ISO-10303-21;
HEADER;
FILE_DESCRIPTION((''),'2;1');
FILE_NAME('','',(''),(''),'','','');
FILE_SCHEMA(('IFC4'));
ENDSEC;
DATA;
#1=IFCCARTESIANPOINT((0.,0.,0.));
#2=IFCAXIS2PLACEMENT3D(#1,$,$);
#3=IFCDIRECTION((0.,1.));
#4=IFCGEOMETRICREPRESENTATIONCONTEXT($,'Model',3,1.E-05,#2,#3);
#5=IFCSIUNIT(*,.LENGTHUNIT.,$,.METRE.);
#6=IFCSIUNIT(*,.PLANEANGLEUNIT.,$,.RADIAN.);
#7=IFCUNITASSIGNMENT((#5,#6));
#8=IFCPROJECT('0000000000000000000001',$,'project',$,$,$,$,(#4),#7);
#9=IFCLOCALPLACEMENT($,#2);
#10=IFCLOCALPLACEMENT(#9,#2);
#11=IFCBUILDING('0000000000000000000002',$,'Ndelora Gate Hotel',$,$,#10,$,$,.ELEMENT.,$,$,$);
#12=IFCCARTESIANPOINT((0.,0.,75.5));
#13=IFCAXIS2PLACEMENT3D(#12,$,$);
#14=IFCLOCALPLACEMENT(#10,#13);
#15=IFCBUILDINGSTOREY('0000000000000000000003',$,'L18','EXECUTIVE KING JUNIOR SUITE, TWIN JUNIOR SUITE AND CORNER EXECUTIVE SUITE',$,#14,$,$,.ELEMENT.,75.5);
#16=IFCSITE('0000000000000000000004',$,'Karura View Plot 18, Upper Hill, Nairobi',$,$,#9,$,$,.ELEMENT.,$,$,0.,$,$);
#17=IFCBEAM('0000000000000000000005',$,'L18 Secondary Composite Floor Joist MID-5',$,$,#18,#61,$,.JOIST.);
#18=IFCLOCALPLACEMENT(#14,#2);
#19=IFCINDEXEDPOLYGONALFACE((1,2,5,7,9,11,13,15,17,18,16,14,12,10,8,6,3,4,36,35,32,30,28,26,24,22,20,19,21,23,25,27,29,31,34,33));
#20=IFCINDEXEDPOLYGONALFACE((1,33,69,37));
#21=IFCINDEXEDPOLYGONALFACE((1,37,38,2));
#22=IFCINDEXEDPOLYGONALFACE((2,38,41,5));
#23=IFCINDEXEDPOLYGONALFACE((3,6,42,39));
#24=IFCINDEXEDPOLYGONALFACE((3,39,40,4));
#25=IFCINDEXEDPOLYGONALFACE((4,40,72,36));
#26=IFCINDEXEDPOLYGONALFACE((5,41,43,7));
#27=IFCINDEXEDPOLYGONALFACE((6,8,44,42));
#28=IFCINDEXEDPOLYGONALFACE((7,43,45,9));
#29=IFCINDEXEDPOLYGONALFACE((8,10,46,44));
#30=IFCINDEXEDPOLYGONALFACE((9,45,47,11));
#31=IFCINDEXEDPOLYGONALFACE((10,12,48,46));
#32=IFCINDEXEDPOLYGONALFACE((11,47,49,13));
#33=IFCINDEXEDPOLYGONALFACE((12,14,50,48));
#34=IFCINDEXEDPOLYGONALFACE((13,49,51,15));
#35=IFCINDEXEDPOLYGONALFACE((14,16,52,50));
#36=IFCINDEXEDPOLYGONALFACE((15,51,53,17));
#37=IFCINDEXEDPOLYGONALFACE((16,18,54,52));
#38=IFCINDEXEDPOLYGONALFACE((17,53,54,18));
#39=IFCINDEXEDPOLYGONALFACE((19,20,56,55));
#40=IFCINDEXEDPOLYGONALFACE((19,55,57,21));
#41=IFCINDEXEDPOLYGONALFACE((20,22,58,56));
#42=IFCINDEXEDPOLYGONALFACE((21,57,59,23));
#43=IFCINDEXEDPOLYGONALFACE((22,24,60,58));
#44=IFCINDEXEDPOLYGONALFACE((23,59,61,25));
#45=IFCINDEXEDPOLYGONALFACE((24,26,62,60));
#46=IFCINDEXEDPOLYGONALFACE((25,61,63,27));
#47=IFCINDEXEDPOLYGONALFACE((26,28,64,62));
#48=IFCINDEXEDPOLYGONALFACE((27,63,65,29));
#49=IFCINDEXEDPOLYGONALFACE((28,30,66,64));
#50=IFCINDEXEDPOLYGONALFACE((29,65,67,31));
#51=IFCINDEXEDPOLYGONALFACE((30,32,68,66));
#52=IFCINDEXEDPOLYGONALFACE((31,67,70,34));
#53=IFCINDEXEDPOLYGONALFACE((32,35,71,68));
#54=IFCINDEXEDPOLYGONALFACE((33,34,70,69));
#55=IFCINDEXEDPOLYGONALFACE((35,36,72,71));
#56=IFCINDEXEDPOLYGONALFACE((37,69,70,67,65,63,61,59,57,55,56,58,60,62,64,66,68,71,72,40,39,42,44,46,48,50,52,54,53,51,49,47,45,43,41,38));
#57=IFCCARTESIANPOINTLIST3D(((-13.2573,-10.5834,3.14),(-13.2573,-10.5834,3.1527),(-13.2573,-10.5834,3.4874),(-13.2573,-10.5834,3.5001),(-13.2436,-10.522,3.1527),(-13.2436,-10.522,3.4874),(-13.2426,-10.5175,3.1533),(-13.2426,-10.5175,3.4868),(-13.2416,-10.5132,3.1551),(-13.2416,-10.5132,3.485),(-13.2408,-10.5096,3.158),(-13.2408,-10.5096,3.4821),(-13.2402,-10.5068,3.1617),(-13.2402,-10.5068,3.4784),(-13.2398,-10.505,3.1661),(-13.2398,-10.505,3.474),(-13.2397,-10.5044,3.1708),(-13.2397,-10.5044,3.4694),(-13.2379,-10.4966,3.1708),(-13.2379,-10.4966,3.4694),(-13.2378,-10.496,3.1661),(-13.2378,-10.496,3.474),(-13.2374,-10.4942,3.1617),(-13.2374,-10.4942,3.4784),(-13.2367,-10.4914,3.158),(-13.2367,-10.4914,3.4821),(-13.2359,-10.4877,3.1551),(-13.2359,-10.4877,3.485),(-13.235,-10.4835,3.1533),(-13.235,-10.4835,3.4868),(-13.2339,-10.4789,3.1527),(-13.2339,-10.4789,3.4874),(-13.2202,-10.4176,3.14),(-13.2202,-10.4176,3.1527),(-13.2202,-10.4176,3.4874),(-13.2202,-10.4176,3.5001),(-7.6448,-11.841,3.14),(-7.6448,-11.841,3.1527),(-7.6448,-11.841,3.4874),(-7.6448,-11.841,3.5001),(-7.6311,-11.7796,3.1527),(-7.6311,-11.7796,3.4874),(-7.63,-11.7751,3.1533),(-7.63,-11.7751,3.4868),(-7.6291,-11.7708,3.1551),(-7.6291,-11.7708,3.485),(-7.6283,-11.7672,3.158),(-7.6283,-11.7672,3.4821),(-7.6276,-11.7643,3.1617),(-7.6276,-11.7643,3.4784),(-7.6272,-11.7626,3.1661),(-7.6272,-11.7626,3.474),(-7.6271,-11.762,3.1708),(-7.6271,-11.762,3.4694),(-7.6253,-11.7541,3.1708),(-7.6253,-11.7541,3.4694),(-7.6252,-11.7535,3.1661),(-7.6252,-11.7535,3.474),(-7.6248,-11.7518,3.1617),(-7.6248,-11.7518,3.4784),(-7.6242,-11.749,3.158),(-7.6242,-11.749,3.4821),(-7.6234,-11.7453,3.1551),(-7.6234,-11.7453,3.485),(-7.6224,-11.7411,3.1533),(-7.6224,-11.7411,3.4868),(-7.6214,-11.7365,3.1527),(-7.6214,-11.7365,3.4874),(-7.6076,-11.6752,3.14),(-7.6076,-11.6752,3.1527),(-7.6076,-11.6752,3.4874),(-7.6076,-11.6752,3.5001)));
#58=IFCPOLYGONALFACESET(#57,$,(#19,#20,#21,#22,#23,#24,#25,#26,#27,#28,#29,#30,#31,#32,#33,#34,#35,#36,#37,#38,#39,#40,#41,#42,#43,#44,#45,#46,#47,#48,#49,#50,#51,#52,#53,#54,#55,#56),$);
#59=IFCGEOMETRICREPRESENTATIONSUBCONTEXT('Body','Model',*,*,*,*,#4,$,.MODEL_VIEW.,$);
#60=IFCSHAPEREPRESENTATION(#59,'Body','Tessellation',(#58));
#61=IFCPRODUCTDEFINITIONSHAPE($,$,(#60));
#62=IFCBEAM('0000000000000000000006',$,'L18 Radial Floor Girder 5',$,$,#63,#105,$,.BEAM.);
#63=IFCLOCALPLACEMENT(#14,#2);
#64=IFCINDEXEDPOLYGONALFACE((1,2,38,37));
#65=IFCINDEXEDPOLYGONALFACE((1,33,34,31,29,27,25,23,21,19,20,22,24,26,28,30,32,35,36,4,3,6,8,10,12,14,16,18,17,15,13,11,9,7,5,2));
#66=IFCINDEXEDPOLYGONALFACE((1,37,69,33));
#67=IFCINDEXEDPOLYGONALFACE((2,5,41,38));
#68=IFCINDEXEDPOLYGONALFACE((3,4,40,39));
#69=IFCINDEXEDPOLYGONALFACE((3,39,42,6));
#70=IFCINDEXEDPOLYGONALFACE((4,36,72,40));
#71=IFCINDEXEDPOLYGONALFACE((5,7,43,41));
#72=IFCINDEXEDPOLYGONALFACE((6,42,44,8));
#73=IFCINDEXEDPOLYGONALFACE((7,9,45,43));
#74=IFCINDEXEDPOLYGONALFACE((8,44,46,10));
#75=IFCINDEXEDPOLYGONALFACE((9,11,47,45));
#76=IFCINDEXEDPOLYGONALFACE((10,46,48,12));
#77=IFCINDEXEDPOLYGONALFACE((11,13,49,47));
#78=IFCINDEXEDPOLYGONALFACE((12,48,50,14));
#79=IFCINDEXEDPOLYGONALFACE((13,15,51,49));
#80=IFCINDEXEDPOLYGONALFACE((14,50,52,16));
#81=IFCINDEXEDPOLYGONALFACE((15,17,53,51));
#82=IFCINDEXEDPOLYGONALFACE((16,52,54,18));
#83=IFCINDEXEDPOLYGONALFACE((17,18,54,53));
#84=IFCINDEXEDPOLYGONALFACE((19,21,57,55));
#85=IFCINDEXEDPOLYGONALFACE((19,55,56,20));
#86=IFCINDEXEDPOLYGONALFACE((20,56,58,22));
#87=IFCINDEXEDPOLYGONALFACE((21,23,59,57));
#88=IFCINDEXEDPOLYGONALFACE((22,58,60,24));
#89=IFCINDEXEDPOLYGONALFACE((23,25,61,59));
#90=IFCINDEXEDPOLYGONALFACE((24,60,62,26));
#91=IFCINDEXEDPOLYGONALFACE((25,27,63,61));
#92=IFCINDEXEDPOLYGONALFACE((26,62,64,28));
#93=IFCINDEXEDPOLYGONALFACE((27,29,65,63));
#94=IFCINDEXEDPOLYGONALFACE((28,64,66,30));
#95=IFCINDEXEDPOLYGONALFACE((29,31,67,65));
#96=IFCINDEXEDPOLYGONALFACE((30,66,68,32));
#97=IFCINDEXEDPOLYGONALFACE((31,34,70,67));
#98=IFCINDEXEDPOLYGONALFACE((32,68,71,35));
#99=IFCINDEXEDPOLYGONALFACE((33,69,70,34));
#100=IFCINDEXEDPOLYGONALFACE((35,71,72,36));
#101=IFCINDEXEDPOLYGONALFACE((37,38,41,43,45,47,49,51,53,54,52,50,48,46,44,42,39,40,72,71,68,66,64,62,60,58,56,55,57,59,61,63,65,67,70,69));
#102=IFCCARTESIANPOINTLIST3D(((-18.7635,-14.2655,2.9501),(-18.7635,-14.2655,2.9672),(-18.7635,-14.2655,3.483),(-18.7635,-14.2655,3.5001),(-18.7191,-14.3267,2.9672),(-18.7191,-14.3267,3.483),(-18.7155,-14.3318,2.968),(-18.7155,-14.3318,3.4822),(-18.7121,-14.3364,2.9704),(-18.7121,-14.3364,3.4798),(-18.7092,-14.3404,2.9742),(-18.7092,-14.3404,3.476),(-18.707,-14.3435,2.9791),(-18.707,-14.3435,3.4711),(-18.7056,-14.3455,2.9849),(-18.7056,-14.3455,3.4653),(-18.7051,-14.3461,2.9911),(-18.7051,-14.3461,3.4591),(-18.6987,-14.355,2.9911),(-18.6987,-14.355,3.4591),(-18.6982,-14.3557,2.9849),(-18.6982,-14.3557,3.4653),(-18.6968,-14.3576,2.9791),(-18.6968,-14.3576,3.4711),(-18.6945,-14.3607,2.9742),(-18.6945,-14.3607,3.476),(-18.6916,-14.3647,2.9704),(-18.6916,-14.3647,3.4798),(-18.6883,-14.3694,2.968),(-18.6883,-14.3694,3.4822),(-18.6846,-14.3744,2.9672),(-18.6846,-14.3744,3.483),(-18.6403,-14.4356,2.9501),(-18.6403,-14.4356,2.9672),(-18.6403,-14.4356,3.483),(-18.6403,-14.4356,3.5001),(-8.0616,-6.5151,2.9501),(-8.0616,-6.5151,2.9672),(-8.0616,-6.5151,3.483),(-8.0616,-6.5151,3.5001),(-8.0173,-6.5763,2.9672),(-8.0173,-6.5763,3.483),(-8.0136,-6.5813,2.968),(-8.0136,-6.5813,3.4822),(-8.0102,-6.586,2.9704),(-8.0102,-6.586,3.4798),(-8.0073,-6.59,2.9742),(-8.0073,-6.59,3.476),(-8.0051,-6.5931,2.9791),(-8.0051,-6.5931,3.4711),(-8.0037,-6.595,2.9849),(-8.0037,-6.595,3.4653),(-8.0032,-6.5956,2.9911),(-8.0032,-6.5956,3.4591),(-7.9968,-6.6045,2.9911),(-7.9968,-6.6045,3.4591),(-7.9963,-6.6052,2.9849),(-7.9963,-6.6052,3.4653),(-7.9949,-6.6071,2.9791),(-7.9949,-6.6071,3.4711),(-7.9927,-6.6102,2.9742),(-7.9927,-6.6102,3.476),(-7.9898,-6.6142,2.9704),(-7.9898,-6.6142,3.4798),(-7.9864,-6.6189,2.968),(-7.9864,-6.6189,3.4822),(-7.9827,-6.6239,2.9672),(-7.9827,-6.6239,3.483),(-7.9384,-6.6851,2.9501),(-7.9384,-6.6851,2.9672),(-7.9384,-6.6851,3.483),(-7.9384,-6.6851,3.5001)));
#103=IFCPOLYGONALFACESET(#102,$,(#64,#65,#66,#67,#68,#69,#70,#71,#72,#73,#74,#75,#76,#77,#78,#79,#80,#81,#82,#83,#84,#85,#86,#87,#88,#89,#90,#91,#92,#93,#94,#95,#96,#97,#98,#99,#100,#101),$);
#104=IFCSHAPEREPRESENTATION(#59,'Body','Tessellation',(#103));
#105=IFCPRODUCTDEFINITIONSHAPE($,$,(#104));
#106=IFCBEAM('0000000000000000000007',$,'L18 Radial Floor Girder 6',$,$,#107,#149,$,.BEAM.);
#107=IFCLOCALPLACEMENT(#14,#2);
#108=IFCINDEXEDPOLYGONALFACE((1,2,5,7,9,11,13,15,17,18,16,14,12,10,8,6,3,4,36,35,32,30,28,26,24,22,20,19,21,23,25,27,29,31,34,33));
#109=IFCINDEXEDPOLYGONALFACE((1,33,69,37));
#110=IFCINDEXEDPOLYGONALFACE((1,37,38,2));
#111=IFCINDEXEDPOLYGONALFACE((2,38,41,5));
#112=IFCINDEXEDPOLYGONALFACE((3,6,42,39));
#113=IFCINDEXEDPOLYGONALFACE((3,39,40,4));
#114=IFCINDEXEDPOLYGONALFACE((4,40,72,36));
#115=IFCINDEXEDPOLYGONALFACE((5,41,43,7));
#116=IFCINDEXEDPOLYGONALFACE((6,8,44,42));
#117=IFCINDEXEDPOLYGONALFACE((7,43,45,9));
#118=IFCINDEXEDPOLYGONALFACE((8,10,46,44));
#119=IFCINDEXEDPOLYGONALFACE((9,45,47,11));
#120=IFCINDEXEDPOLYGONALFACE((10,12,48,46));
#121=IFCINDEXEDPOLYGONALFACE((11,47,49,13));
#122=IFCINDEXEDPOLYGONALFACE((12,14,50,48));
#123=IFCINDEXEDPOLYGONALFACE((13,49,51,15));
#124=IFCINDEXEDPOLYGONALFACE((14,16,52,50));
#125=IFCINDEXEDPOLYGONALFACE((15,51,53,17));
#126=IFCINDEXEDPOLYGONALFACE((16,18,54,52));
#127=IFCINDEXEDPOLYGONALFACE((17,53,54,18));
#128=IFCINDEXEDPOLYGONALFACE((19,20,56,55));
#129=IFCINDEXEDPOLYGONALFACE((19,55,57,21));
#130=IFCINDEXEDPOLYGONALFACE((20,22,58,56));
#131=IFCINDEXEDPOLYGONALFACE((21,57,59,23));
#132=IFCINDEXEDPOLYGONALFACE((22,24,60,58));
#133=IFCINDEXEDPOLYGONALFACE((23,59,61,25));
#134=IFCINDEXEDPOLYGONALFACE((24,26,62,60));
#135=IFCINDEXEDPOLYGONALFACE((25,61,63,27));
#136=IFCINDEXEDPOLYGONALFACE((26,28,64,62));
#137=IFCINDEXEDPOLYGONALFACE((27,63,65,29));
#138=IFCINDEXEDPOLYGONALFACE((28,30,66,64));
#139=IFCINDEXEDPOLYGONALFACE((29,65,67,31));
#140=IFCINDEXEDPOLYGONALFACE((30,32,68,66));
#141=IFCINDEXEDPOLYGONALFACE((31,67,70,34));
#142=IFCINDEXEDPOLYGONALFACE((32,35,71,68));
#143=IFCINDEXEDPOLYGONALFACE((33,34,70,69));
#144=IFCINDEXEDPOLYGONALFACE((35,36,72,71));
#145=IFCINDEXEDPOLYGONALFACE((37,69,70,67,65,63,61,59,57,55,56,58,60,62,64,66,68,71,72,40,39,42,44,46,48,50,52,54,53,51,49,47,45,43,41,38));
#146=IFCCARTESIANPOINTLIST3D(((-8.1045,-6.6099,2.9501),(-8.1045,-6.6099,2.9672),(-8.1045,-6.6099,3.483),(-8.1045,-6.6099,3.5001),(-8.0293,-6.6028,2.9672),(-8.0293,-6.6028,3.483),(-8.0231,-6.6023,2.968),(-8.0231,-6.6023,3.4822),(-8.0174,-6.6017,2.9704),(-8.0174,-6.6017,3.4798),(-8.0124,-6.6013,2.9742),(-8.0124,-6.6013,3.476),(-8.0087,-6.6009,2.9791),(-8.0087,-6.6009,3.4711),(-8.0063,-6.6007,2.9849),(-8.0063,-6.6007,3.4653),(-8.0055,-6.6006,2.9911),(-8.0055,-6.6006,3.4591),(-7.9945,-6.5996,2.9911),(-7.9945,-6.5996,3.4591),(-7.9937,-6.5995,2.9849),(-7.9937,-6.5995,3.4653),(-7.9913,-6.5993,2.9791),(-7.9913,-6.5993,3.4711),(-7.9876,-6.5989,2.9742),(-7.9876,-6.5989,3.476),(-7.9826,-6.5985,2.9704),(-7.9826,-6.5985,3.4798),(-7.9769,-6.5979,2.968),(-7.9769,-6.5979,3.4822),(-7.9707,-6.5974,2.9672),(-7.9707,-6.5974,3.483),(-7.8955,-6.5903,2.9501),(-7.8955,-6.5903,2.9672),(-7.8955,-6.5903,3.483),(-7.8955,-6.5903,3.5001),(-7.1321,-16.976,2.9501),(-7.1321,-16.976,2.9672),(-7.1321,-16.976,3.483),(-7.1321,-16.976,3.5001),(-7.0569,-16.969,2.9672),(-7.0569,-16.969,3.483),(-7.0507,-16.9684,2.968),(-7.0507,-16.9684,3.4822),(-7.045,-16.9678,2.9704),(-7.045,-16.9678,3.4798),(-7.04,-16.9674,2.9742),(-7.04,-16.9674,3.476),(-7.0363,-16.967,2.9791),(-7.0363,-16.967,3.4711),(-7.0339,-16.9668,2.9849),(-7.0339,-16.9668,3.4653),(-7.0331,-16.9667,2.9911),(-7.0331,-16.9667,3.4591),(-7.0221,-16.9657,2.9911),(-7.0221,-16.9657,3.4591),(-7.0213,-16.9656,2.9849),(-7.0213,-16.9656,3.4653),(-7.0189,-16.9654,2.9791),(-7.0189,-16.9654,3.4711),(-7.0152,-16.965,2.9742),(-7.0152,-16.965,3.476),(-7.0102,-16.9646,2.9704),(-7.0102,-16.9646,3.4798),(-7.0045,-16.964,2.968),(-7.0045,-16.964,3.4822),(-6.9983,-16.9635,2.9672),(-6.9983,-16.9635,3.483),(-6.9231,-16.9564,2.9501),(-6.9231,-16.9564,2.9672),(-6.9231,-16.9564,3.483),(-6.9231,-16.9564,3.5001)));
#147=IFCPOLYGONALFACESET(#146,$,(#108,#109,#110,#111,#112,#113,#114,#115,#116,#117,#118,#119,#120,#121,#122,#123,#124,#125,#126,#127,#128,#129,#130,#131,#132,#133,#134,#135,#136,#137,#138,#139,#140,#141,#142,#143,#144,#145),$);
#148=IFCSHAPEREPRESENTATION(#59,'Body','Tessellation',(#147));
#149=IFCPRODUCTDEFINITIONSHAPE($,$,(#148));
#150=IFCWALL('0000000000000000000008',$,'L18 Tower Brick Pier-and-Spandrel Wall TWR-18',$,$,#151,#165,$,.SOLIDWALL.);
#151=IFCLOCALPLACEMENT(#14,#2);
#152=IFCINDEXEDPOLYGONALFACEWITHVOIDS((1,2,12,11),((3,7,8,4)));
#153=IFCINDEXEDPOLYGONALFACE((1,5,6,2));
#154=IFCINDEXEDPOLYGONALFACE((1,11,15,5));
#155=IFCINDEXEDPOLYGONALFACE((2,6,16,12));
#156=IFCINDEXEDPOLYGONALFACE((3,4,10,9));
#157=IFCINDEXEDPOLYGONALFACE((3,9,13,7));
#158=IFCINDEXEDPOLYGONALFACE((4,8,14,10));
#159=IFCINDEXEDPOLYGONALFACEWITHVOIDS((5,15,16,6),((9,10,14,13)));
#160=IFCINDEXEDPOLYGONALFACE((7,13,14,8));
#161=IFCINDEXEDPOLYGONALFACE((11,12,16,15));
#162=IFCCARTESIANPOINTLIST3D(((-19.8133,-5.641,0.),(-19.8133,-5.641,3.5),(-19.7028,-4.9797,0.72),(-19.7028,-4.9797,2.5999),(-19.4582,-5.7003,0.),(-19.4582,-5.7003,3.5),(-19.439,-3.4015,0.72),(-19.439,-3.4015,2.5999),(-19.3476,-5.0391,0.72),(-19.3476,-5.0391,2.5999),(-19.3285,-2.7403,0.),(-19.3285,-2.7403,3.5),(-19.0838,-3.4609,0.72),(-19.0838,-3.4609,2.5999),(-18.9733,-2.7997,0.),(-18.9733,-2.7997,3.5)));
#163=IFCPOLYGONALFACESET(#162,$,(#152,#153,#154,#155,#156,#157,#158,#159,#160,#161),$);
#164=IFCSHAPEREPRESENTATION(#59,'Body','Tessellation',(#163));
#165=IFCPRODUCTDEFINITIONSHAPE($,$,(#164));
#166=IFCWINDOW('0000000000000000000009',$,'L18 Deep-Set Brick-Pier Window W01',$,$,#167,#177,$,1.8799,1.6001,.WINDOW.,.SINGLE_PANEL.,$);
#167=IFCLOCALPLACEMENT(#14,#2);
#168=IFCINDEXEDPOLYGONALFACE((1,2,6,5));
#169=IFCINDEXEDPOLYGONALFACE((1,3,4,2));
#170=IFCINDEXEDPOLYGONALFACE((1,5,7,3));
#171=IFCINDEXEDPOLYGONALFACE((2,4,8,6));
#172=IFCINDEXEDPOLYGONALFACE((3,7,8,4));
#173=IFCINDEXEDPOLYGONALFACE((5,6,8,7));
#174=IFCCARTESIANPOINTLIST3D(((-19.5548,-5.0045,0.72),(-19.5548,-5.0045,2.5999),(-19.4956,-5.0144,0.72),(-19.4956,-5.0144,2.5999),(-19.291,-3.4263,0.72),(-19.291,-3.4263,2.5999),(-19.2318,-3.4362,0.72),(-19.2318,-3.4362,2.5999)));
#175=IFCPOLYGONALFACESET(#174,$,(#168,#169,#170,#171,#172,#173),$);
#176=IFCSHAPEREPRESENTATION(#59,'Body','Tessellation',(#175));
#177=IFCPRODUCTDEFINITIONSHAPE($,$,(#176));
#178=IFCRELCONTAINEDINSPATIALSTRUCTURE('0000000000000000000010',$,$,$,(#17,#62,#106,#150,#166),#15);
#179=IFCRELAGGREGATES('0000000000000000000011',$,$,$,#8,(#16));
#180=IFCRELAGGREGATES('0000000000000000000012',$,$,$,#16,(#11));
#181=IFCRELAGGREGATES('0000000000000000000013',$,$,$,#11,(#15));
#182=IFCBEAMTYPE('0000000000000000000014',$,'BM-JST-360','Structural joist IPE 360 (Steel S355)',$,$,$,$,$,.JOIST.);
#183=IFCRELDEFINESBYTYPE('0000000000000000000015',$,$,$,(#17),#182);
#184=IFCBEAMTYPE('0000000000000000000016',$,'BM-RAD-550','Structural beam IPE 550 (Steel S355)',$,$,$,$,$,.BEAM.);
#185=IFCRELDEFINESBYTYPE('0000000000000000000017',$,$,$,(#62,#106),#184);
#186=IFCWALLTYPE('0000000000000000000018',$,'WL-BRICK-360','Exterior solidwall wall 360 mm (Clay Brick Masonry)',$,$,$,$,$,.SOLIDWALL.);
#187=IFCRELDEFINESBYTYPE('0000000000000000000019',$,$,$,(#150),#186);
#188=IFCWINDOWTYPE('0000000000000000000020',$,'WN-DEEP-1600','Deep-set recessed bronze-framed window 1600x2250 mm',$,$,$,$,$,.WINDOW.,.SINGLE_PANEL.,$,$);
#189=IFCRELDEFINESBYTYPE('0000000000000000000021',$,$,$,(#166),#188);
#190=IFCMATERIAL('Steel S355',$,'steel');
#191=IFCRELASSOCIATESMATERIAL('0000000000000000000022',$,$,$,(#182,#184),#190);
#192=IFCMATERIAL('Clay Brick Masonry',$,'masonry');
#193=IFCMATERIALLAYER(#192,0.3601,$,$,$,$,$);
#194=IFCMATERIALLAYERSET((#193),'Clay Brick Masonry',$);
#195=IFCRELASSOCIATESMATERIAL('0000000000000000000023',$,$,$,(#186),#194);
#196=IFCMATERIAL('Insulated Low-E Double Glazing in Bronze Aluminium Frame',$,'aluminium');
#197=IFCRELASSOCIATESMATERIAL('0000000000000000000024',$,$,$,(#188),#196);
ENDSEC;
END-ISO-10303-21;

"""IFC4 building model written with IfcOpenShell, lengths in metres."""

from ifc_helpers import new_model, si_unit, direction, frame, frame_2d, origin, origin_2d, place, context, subcontext, project, spatial, rectangle, i_section, extrude, material, layer, layer_set, material_profile, profile_set, type_object, element, fill, save


model = new_model("IFC4")

# Units and contexts
model_context = context("Model", 3, precision=1e-05, world=origin(), true_north=direction((0.0, 1.0)))
body_context = subcontext(model_context, "Body", "Model", "MODEL_VIEW")
ifc_project = project(units=[si_unit("LENGTHUNIT", "METRE"), si_unit("PLANEANGLEUNIT", "RADIAN")], contexts=[model_context])

# Site, building, storey
site_placement = place(None, origin())
site = spatial("IfcSite", under=ifc_project, at=site_placement, Name="Karura View Plot 18, Upper Hill, Nairobi", CompositionType="ELEMENT", RefElevation=0.0)
building_placement = place(site_placement, origin())
building = spatial("IfcBuilding", under=site, at=building_placement, Name="Ndelora Gate Hotel", CompositionType="ELEMENT")
storey_placement = place(building_placement, frame((0.0, 0.0, 75.5)))
storey = spatial("IfcBuildingStorey", under=building, at=storey_placement, Name="L18", Description="EXECUTIVE KING JUNIOR SUITE, TWIN JUNIOR SUITE AND CORNER EXECUTIVE SUITE", CompositionType="ELEMENT", Elevation=75.5)

# Beams
ifc_material_1 = material(Name="Steel S355", Category="steel")
ifc_material_profile_1 = material_profile(ifc_material_1, i_section(OverallWidth=0.1699, OverallDepth=0.3601, WebThickness=0.0081, FlangeThickness=0.0127, FilletRadius=0.0181, at=origin_2d()), Name="IPE 360")
ifc_profile_set_1 = profile_set([ifc_material_profile_1], Name="Steel S355")
beam_type_1 = type_object("IfcBeamType", Name="BM-JST-360", Description="Structural joist IPE 360 (Steel S355)", PredefinedType="JOIST", material=ifc_profile_set_1)
beam_1_placement = place(storey_placement, frame((-13.2388, -10.5005, 3.3201), z_axis=(0.975805, -0.218642, 0.0), x_axis=(0.218642, 0.975805, 0.0)))
element("IfcBeam", 1, at=beam_1_placement, inside=storey, type_object=beam_type_1, Name="L18 Secondary Composite Floor Joist MID-5", PredefinedType="JOIST", context=body_context, shape_type="SweptSolid", body=[
    extrude(i_section(OverallWidth=0.1699, OverallDepth=0.3601, WebThickness=0.0081, FlangeThickness=0.0127, FilletRadius=0.0181, at=origin_2d()), origin(), (0.0, 0.0, 1.0), 5.7517),
])
ifc_material_profile_2 = material_profile(ifc_material_1, i_section(OverallWidth=0.21, OverallDepth=0.55, WebThickness=0.011, FlangeThickness=0.0171, FilletRadius=0.0239, at=origin_2d()), Name="IPE 550")
ifc_profile_set_2 = profile_set([ifc_material_profile_2], Name="Steel S355")
beam_type_2 = type_object("IfcBeamType", Name="BM-RAD-550", Description="Structural beam IPE 550 (Steel S355)", PredefinedType="BEAM", material=ifc_profile_set_2)
beam_2_placement = place(storey_placement, frame((-8.0, -6.6001, 3.2251), z_axis=(-0.809912, -0.586551, 0.0), x_axis=(0.586551, -0.809912, 0.0)))
element("IfcBeam", 2, at=beam_2_placement, inside=storey, type_object=beam_type_2, Name="L18 Radial Floor Girder 5", PredefinedType="BEAM", context=body_context, shape_type="SweptSolid", body=[
    extrude(i_section(OverallWidth=0.21, OverallDepth=0.55, WebThickness=0.011, FlangeThickness=0.0171, FilletRadius=0.0239, at=origin_2d()), origin(), (0.0, 0.0, 1.0), 13.2136),
])
beam_3_placement = place(storey_placement, frame((-8.0, -6.6001, 3.2251), z_axis=(0.093396, -0.995629, 0.0), x_axis=(0.995629, 0.093396, 0.0)))
element("IfcBeam", 3, at=beam_3_placement, inside=storey, type_object=beam_type_2, Name="L18 Radial Floor Girder 6", PredefinedType="BEAM", context=body_context, shape_type="SweptSolid", body=[
    extrude(i_section(OverallWidth=0.21, OverallDepth=0.55, WebThickness=0.011, FlangeThickness=0.0171, FilletRadius=0.0239, at=origin_2d()), origin(), (0.0, 0.0, 1.0), 10.4116),
])

# Wall, opening, window
ifc_material_2 = material(Name="Clay Brick Masonry", Category="masonry")
ifc_layer_1 = layer(ifc_material_2, 0.3601)
ifc_layer_set_1 = layer_set([ifc_layer_1], Name="Clay Brick Masonry")
wall_type_1 = type_object("IfcWallType", Name="WL-BRICK-360", Description="Exterior solidwall wall 360 mm (Clay Brick Masonry)", PredefinedType="SOLIDWALL", material=ifc_layer_set_1)
wall_1_placement = place(storey_placement, frame((-19.6357, -5.6707, 0.0), z_axis=(0.0, 0.0, 1.0), x_axis=(0.16487, 0.986315, 0.0)))
wall_1 = element("IfcWall", 4, at=wall_1_placement, inside=storey, type_object=wall_type_1, Name="L18 Tower Brick Pier-and-Spandrel Wall TWR-18", PredefinedType="SOLIDWALL", context=body_context, shape_type="SweptSolid", body=[
    extrude(rectangle(XDim=2.9409, YDim=0.3601, at=frame_2d((1.4705, 0.0))), origin(), (0.0, 0.0, 1.0), 3.5),
])
opening_1_placement = place(wall_1_placement, frame((0.6704, 0.0, 0.72)))
opening_1 = element("IfcOpeningElement", 5, at=opening_1_placement, cuts=wall_1, PredefinedType="OPENING", context=body_context, shape_type="SweptSolid", body=[
    extrude(rectangle(XDim=1.6001, YDim=1.8799, at=frame_2d((0.8, 0.9399))), frame((0.0, 0.1899, 0.0), z_axis=(0.0, -1.0, 0.0), x_axis=(1.0, 0.0, 0.0)), (0.0, 0.0, 1.0), 0.3801),
])
ifc_material_3 = material(Name="Insulated Low-E Double Glazing in Bronze Aluminium Frame", Category="aluminium")
window_type = type_object("IfcWindowType", Name="WN-DEEP-1600", Description="Deep-set recessed bronze-framed window 1600x2250 mm", PartitioningType="SINGLE_PANEL", PredefinedType="WINDOW", material=ifc_material_3)
window_1_placement = place(opening_1_placement, origin())
window_1 = element("IfcWindow", 6, at=window_1_placement, inside=storey, type_object=window_type, Name="L18 Deep-Set Brick-Pier Window W01", OverallHeight=1.8799, OverallWidth=1.6001, PartitioningType="SINGLE_PANEL", PredefinedType="WINDOW", context=body_context, shape_type="SweptSolid", body=[
    extrude(rectangle(XDim=1.6001, YDim=1.8799, at=frame_2d((0.8, 0.9399))), frame((0.0, 0.03, 0.0), z_axis=(0.0, -1.0, 0.0), x_axis=(1.0, 0.0, 0.0)), (0.0, 0.0, 1.0), 0.0601),
])
fill(opening_1, window_1)

save(model, "model.ifc")
